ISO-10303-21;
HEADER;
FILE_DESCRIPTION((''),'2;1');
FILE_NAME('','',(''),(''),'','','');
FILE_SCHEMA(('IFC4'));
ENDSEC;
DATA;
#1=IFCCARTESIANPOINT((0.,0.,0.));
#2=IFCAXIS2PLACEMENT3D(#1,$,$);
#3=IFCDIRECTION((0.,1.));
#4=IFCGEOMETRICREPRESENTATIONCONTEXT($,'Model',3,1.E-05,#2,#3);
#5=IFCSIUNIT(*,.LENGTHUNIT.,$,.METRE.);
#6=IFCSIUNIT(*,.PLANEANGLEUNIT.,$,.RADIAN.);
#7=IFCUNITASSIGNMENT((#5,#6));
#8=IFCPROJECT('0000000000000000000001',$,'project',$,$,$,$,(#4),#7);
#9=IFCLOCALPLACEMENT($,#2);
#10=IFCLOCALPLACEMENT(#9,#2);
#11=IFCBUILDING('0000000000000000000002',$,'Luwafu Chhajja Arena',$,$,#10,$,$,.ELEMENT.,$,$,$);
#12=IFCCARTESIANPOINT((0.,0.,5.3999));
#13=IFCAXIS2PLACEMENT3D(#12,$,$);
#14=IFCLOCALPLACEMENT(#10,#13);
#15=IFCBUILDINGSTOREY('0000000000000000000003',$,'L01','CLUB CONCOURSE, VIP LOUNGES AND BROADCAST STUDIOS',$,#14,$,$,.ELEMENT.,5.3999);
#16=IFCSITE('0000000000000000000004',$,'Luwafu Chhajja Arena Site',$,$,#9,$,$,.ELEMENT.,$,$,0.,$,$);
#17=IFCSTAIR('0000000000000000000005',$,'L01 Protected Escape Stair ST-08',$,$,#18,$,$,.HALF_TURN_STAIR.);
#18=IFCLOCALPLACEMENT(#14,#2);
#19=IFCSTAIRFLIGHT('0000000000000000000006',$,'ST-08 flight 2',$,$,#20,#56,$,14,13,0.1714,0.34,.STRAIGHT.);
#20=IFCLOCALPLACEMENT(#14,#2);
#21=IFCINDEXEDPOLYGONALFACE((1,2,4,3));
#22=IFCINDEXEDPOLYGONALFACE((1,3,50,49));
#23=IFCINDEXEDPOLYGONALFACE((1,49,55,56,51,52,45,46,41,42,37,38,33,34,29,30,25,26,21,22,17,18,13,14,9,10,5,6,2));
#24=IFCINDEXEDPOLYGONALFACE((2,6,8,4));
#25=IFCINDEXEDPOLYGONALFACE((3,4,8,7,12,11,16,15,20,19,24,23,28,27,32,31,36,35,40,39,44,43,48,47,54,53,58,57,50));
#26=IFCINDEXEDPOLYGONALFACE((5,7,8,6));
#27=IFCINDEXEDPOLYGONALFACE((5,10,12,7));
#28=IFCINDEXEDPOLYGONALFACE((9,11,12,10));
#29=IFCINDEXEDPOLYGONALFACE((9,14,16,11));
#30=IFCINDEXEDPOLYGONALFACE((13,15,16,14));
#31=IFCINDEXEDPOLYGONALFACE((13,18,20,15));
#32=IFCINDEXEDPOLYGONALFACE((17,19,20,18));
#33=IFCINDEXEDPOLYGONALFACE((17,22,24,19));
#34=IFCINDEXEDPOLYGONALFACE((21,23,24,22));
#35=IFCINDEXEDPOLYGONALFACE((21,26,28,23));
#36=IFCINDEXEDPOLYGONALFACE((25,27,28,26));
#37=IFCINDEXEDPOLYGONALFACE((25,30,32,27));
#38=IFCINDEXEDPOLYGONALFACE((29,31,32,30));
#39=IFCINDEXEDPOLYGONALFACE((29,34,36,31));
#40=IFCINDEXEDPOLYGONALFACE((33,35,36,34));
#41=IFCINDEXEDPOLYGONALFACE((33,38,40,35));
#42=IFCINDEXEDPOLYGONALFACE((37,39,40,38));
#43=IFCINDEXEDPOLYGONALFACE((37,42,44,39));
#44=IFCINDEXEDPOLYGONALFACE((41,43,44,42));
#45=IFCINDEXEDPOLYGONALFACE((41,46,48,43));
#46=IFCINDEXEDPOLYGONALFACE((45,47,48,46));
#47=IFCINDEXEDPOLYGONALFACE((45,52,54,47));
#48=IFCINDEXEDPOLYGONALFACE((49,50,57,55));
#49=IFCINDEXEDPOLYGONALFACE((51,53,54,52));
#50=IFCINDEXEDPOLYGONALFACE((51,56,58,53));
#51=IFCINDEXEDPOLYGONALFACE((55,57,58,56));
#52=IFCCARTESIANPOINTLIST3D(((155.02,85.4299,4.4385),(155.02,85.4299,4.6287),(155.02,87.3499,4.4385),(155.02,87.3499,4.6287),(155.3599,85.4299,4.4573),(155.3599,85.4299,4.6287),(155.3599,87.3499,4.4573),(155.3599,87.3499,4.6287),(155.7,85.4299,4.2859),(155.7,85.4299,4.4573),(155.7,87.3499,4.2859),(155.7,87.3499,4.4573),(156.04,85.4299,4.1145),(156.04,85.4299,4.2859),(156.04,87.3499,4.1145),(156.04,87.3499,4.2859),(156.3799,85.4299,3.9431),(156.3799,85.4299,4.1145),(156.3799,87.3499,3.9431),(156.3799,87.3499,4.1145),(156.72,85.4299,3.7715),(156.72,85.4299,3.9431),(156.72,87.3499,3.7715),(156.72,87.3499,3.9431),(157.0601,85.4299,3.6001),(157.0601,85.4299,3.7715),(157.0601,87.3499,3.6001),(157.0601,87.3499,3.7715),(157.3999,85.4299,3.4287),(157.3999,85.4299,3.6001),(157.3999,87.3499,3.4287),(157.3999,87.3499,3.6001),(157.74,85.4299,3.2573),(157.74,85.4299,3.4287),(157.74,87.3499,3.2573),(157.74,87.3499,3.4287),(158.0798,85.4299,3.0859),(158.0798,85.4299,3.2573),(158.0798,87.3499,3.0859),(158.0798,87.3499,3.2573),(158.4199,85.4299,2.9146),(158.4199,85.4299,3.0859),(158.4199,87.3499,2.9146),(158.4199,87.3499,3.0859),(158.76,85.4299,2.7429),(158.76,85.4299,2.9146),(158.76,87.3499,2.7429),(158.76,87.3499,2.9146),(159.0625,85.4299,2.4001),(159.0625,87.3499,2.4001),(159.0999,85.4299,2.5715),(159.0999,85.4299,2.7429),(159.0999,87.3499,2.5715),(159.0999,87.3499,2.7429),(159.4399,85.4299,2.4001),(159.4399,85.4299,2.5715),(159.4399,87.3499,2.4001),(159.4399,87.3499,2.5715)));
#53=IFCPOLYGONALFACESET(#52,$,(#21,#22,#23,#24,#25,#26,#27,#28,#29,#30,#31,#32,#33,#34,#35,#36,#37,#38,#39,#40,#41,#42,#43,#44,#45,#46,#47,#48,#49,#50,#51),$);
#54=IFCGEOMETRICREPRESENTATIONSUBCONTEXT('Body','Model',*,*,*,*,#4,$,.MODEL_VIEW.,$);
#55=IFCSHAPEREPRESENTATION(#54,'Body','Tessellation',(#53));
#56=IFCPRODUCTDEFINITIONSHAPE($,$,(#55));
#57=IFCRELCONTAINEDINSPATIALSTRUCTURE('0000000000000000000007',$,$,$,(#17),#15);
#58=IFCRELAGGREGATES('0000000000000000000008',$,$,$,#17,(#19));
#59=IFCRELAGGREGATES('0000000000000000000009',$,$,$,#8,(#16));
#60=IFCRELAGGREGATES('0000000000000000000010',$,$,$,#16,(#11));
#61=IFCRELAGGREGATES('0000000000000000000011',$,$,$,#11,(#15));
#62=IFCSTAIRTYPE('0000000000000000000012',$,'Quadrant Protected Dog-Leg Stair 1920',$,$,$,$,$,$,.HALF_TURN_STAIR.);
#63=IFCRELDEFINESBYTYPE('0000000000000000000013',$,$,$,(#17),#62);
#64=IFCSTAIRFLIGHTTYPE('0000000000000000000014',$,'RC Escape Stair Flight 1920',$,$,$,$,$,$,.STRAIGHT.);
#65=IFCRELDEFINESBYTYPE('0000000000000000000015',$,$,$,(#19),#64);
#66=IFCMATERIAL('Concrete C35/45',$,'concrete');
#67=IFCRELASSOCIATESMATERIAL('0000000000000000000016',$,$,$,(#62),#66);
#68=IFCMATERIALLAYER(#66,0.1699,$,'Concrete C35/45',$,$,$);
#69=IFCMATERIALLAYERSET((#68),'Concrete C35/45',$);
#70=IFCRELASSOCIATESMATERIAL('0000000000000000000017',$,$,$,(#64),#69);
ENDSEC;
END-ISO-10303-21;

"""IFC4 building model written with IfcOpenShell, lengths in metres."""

from ifc_helpers import new_model, si_unit, direction, frame, origin, place, context, subcontext, project, spatial, polyline, outline, extrude, material, layer, layer_set, type_object, element, aggregate, save


model = new_model("IFC4")

# Units and contexts
model_context = context("Model", 3, precision=1e-05, world=origin(), true_north=direction((0.0, 1.0)))
body_context = subcontext(model_context, "Body", "Model", "MODEL_VIEW")
ifc_project = project(units=[si_unit("LENGTHUNIT", "METRE"), si_unit("PLANEANGLEUNIT", "RADIAN")], contexts=[model_context])

# Site, building, storey
site_placement = place(None, origin())
site = spatial("IfcSite", under=ifc_project, at=site_placement, Name="Luwafu Chhajja Arena Site", CompositionType="ELEMENT", RefElevation=0.0)
building_placement = place(site_placement, origin())
building = spatial("IfcBuilding", under=site, at=building_placement, Name="Luwafu Chhajja Arena", CompositionType="ELEMENT")
storey_placement = place(building_placement, frame((0.0, 0.0, 5.3999)))
storey = spatial("IfcBuildingStorey", under=building, at=storey_placement, Name="L01", Description="CLUB CONCOURSE, VIP LOUNGES AND BROADCAST STUDIOS", CompositionType="ELEMENT", Elevation=5.3999)

# Shared definitions
ifc_material_1 = material(Name="Concrete C35/45", Category="concrete")

# Stair, stair flight
stair_type = type_object("IfcStairType", Name="Quadrant Protected Dog-Leg Stair 1920", PredefinedType="HALF_TURN_STAIR", material=ifc_material_1)
ifc_layer_1 = layer(ifc_material_1, 0.1699, Name="Concrete C35/45")
ifc_layer_set_1 = layer_set([ifc_layer_1], Name="Concrete C35/45")
stair_flight_type = type_object("IfcStairFlightType", Name="RC Escape Stair Flight 1920", PredefinedType="STRAIGHT", material=ifc_layer_set_1)
stair_1_placement = place(storey_placement, origin())
stair_1 = element("IfcStair", 1, at=stair_1_placement, inside=storey, type_object=stair_type, Name="L01 Protected Escape Stair ST-08", PredefinedType="HALF_TURN_STAIR")
stair_flight_1_placement = place(storey_placement, frame((159.4399, 86.3899, 2.4001), z_axis=(0.0, 0.0, 1.0), x_axis=(-1.0, 0.0, 0.0)))
stair_flight_1 = element("IfcStairFlight", 2, at=stair_flight_1_placement, type_object=stair_flight_type, Name="ST-08 flight 2", NumberOfRisers=14, NumberOfTreads=13, PredefinedType="STRAIGHT", RiserHeight=0.1714, TreadLength=0.34, context=body_context, shape_type="SweptSolid", body=[
    extrude(outline(polyline([(0.0, 0.0), (0.0, 0.1714), (0.3401, 0.1714), (0.3401, 0.3428), (0.6799, 0.3428), (0.6799, 0.5144), (1.02, 0.5144), (1.02, 0.6858), (1.3601, 0.6858), (1.3601, 0.8572), (1.7, 0.8572), (1.7, 1.0286), (2.04, 1.0286), (2.04, 1.2), (2.3799, 1.2), (2.3799, 1.3713), (2.72, 1.3713), (2.72, 1.543), (3.0601, 1.543), (3.0601, 1.7144), (3.3999, 1.7144), (3.3999, 1.8857), (3.74, 1.8857), (3.74, 2.0571), (4.0801, 2.0571), (4.0801, 2.2285), (4.4199, 2.2285), (4.4199, 2.3999), (4.4199, 2.0383), (0.3774, 0.0), (0.0, 0.0)])), frame((0.0, 0.96, 0.0), z_axis=(0.0, -1.0, 0.0), x_axis=(1.0, 0.0, 0.0)), (0.0, 0.0, 1.0), 1.9199),
])
aggregate(stair_1, [stair_flight_1])

save(model, "model.ifc")
